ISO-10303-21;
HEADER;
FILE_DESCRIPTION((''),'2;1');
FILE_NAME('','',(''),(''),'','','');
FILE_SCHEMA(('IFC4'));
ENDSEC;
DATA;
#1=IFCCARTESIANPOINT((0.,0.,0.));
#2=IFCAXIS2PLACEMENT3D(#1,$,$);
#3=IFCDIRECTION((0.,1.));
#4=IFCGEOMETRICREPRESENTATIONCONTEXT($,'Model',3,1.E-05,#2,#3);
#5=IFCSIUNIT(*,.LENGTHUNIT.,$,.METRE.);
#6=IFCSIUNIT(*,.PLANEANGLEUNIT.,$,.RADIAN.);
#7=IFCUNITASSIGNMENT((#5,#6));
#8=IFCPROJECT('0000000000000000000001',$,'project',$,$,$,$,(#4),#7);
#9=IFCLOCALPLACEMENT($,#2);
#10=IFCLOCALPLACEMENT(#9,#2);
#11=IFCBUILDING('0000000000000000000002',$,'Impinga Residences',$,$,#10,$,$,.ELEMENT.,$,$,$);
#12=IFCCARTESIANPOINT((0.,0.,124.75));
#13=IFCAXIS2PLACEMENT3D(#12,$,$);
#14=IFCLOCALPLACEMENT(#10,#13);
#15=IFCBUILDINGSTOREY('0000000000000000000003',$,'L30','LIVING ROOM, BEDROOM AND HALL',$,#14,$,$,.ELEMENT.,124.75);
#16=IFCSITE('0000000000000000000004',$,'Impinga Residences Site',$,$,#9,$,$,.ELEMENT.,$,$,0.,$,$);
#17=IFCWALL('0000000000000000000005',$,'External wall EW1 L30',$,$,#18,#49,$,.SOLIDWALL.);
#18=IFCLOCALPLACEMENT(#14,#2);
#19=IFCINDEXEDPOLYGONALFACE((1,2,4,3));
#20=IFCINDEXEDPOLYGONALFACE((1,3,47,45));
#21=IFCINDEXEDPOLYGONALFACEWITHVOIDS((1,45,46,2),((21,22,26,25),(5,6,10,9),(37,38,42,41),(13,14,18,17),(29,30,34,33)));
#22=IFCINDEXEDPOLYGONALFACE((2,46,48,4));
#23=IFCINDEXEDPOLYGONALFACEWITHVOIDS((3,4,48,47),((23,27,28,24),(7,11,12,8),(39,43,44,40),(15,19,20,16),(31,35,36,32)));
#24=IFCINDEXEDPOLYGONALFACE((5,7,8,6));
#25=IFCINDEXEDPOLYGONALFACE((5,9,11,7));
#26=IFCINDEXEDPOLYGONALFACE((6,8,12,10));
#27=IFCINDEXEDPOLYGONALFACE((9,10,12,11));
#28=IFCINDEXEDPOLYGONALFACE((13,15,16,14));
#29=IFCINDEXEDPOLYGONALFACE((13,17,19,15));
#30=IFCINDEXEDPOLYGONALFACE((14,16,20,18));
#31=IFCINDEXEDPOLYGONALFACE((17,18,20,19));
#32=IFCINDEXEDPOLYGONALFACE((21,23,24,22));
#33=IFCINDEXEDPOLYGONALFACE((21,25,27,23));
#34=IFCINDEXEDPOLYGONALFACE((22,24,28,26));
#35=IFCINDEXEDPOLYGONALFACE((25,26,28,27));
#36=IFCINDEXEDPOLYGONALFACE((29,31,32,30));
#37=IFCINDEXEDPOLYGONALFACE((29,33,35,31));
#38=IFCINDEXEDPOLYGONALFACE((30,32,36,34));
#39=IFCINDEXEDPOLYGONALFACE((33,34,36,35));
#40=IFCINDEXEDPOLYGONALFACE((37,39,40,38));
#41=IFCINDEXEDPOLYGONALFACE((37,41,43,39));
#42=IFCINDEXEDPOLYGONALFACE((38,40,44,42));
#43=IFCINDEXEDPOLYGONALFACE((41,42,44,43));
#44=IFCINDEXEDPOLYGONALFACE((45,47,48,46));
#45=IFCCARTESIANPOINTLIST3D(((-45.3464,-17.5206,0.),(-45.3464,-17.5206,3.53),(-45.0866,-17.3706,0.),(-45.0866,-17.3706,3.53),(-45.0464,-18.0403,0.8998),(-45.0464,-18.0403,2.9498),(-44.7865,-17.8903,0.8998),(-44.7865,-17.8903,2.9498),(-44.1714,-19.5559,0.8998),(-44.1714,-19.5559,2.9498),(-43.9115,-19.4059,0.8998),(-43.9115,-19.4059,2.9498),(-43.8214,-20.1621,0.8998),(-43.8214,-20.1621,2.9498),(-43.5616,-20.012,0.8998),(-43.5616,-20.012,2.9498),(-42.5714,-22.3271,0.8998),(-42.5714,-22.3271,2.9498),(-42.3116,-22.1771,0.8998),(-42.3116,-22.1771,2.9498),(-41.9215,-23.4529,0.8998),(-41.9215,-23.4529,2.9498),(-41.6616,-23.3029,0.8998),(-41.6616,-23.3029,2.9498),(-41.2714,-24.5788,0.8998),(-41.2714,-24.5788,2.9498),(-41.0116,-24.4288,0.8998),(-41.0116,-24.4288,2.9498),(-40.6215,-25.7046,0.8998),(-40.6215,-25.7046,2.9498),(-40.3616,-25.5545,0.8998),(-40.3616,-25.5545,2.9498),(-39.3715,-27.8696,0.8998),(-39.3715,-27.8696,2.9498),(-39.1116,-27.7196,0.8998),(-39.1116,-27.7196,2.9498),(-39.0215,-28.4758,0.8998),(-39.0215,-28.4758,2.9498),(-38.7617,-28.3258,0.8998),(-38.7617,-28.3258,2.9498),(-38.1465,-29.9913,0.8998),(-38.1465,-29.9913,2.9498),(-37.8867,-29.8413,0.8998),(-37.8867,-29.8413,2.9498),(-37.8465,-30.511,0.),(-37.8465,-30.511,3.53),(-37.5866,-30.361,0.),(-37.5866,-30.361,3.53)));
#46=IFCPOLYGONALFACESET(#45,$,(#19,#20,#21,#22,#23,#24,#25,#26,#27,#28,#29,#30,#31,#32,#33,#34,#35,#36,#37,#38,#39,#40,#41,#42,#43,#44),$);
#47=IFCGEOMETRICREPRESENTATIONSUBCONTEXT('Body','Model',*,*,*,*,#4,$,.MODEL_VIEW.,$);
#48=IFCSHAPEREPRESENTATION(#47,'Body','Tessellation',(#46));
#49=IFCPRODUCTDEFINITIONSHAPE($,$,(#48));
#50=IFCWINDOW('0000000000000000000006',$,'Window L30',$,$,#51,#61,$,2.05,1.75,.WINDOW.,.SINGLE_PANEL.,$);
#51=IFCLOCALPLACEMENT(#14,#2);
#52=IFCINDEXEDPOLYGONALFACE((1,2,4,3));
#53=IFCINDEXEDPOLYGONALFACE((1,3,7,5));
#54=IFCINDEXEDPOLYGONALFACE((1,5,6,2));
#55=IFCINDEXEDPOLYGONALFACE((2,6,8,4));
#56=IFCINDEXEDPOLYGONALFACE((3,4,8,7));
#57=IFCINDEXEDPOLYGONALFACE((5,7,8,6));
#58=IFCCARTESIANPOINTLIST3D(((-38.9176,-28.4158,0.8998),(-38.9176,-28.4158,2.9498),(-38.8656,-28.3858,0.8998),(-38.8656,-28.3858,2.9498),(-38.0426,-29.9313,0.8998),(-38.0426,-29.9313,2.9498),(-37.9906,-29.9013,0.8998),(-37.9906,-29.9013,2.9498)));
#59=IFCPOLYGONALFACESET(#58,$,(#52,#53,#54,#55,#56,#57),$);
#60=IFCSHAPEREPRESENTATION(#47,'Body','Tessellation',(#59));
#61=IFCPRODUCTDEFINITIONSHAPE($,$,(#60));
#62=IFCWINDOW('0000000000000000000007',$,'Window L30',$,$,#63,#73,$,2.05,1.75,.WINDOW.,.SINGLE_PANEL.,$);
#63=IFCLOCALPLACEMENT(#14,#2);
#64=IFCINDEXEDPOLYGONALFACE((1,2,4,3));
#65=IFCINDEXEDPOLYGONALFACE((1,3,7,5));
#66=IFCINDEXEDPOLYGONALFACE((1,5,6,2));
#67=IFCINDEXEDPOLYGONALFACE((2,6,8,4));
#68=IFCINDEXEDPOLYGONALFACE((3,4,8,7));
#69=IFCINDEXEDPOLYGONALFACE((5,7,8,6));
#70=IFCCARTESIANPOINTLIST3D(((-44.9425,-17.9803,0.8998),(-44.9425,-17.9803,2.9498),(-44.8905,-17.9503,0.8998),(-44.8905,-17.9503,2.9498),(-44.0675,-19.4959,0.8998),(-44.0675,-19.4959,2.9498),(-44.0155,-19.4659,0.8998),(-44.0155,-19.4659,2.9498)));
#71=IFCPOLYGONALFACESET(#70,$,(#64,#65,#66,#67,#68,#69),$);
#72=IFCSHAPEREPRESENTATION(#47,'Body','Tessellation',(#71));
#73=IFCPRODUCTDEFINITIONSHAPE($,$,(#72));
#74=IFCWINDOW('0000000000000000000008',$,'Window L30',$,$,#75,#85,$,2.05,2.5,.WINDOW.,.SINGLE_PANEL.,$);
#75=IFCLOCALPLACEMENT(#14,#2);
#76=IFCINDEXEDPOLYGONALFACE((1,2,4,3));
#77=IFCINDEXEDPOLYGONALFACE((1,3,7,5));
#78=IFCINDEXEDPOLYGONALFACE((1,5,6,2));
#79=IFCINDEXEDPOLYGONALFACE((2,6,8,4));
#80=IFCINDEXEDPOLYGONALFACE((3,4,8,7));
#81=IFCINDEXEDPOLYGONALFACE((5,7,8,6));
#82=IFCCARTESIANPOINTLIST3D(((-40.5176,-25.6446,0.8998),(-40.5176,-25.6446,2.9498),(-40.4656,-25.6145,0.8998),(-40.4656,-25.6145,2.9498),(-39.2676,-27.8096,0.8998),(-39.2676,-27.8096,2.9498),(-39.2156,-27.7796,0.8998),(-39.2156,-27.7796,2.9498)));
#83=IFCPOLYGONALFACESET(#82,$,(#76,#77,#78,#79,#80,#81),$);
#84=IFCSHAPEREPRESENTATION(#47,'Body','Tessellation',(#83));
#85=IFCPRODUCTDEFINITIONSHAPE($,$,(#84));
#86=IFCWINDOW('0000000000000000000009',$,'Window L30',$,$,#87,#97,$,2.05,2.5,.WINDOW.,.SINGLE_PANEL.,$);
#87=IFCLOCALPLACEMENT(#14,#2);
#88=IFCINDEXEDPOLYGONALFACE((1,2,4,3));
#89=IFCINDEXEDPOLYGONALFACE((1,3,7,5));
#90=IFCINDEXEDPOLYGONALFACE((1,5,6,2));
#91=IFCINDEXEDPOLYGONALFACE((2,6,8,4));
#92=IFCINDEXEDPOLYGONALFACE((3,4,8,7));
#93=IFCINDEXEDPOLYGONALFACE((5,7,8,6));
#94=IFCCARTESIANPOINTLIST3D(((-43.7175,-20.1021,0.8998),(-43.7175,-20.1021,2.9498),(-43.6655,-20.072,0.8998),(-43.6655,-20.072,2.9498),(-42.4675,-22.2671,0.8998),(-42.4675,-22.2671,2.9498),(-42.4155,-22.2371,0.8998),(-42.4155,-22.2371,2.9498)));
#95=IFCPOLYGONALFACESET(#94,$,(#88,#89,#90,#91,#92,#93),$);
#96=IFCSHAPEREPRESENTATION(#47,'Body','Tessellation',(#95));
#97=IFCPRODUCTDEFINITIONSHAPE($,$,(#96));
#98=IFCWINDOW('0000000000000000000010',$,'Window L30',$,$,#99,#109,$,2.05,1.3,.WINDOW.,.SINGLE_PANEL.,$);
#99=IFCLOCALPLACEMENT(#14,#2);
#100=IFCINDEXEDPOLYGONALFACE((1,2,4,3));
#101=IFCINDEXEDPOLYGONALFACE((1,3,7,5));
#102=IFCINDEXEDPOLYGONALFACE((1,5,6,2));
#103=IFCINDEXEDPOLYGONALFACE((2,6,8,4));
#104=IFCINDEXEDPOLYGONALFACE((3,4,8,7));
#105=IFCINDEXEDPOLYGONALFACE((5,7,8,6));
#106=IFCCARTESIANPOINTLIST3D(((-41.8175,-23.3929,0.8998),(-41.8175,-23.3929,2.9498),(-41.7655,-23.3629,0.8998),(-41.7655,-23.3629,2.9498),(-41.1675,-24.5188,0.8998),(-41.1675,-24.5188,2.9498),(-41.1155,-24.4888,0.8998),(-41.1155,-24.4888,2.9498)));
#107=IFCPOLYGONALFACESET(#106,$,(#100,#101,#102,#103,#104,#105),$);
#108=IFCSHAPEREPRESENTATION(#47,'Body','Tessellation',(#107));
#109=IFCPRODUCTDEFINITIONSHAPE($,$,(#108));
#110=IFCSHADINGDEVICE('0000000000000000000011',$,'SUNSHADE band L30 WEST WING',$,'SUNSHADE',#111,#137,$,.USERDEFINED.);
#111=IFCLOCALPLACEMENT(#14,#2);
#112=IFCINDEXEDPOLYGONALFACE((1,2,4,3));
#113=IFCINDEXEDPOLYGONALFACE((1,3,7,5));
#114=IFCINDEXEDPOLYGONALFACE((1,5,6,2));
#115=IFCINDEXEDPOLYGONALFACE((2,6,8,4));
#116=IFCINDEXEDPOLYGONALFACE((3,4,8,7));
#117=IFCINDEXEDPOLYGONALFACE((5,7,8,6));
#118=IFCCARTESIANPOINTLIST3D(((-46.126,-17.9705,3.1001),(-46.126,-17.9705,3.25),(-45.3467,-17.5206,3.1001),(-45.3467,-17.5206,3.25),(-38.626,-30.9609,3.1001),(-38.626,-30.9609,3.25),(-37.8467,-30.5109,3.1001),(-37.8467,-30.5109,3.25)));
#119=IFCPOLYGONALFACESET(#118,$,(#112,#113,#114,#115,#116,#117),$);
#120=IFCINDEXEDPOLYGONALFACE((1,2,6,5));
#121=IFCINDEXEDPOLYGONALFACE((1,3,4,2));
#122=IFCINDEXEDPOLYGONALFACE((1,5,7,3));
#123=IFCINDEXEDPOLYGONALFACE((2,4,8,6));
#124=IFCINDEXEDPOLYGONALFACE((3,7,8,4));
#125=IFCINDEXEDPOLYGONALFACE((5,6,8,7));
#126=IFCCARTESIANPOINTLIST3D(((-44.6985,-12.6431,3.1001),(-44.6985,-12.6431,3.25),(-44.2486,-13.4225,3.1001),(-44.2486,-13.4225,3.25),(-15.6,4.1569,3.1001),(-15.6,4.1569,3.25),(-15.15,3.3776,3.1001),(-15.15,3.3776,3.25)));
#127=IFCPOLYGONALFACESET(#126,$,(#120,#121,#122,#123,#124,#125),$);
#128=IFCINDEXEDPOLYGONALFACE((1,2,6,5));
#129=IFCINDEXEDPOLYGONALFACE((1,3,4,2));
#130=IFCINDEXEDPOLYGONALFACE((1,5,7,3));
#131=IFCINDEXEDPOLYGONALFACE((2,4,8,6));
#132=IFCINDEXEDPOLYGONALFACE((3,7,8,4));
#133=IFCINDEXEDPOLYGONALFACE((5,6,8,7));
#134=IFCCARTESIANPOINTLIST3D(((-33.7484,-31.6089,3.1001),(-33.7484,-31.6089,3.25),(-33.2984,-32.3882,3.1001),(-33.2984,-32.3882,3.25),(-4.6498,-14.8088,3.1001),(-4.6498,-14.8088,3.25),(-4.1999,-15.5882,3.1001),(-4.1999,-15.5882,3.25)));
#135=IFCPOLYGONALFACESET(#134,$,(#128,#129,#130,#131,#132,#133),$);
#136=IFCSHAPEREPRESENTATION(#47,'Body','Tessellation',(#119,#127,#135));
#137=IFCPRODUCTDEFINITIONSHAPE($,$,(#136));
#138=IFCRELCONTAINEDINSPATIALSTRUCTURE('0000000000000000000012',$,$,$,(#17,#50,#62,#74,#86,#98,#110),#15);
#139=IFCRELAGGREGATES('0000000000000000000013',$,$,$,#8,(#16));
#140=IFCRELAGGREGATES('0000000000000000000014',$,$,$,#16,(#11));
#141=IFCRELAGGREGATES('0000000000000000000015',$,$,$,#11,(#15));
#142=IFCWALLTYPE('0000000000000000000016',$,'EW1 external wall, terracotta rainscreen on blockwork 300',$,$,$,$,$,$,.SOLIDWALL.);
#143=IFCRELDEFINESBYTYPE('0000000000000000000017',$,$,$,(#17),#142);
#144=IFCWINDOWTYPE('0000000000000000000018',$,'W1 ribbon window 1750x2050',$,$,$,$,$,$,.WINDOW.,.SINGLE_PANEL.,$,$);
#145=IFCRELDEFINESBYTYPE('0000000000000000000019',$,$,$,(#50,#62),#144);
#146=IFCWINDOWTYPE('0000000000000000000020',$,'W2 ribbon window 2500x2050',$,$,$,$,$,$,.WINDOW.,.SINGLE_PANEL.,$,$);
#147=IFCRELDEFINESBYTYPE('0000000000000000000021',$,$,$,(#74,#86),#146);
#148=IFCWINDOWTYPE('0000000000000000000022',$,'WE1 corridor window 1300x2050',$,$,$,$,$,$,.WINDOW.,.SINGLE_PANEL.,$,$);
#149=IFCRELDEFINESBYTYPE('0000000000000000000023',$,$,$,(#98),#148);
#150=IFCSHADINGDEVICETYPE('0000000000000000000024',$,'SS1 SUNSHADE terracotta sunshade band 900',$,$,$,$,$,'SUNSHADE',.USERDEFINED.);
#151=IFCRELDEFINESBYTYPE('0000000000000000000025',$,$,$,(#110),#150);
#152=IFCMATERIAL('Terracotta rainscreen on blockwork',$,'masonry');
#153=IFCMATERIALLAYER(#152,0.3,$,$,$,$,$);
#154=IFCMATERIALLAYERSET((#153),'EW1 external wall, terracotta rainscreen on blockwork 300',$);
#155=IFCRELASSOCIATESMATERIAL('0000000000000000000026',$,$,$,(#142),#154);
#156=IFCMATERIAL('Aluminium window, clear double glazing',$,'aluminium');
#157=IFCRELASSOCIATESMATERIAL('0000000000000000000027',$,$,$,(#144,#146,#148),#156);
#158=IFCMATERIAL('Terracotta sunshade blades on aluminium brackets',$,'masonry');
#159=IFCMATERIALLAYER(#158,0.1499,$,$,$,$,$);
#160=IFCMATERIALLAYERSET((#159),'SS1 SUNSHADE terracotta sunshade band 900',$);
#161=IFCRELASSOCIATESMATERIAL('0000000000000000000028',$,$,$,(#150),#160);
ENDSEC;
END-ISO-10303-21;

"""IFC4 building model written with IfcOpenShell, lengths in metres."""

from ifc_helpers import new_model, si_unit, direction, frame, frame_2d, origin, origin_2d, place, context, subcontext, project, spatial, rectangle, extrude, material, layer, layer_set, type_object, element, fill, save


model = new_model("IFC4")

# Units and contexts
model_context = context("Model", 3, precision=1e-05, world=origin(), true_north=direction((0.0, 1.0)))
body_context = subcontext(model_context, "Body", "Model", "MODEL_VIEW")
ifc_project = project(units=[si_unit("LENGTHUNIT", "METRE"), si_unit("PLANEANGLEUNIT", "RADIAN")], contexts=[model_context])

# Site, building, storey
site_placement = place(None, origin())
site = spatial("IfcSite", under=ifc_project, at=site_placement, Name="Impinga Residences Site", CompositionType="ELEMENT", RefElevation=0.0)
building_placement = place(site_placement, origin())
building = spatial("IfcBuilding", under=site, at=building_placement, Name="Impinga Residences", CompositionType="ELEMENT")
storey_placement = place(building_placement, frame((0.0, 0.0, 124.75)))
storey = spatial("IfcBuildingStorey", under=building, at=storey_placement, Name="L30", Description="LIVING ROOM, BEDROOM AND HALL", CompositionType="ELEMENT", Elevation=124.75)

# Shared definitions
ifc_material_1 = material(Name="Terracotta rainscreen on blockwork", Category="masonry")
ifc_layer_1 = layer(ifc_material_1, 0.3)
ifc_layer_set_1 = layer_set([ifc_layer_1], Name="EW1 external wall, terracotta rainscreen on blockwork 300")
wall_type = type_object("IfcWallType", Name="EW1 external wall, terracotta rainscreen on blockwork 300", PredefinedType="SOLIDWALL", material=ifc_layer_set_1)

# Wall, openings, windows
wall_1_placement = place(storey_placement, frame((-37.7166, -30.436, 0.0), z_axis=(0.0, 0.0, 1.0), x_axis=(-0.499997, 0.866027, 0.0)))
wall_1 = element("IfcWall", 1, at=wall_1_placement, inside=storey, type_object=wall_type, Name="External wall EW1 L30", PredefinedType="SOLIDWALL", context=body_context, shape_type="SweptSolid", body=[
    extrude(rectangle(XDim=15.0, YDim=0.3, at=frame_2d((7.5, 0.0))), origin(), (0.0, 0.0, 1.0), 3.53),
])
opening_1_placement = place(wall_1_placement, frame((0.6001, 0.0, 0.8999)))
opening_1 = element("IfcOpeningElement", 2, at=opening_1_placement, cuts=wall_1, PredefinedType="OPENING", context=body_context, shape_type="SweptSolid", body=[
    extrude(rectangle(XDim=1.75, YDim=2.05, at=frame_2d((0.875, 1.0249))), frame((0.0, 0.1599, 0.0), z_axis=(0.0, -1.0, 0.0), x_axis=(1.0, 0.0, 0.0)), (0.0, 0.0, 1.0), 0.3201),
])
opening_2_placement = place(wall_1_placement, frame((3.05, 0.0, 0.8999)))
opening_2 = element("IfcOpeningElement", 3, at=opening_2_placement, cuts=wall_1, PredefinedType="OPENING", context=body_context, shape_type="SweptSolid", body=[
    extrude(rectangle(XDim=2.5, YDim=2.05, at=frame_2d((1.25, 1.0249))), frame((0.0, 0.1599, 0.0), z_axis=(0.0, -1.0, 0.0), x_axis=(1.0, 0.0, 0.0)), (0.0, 0.0, 1.0), 0.3201),
])
opening_3_placement = place(wall_1_placement, frame((6.8501, 0.0, 0.8999)))
opening_3 = element("IfcOpeningElement", 4, at=opening_3_placement, cuts=wall_1, PredefinedType="OPENING", context=body_context, shape_type="SweptSolid", body=[
    extrude(rectangle(XDim=1.3, YDim=2.05, at=frame_2d((0.6499, 1.0249))), frame((0.0, 0.1599, 0.0), z_axis=(0.0, -1.0, 0.0), x_axis=(1.0, 0.0, 0.0)), (0.0, 0.0, 1.0), 0.3201),
])
opening_4_placement = place(wall_1_placement, frame((9.45, 0.0, 0.8999)))
opening_4 = element("IfcOpeningElement", 5, at=opening_4_placement, cuts=wall_1, PredefinedType="OPENING", context=body_context, shape_type="SweptSolid", body=[
    extrude(rectangle(XDim=2.5, YDim=2.05, at=frame_2d((1.25, 1.0249))), frame((0.0, 0.1599, 0.0), z_axis=(0.0, -1.0, 0.0), x_axis=(1.0, 0.0, 0.0)), (0.0, 0.0, 1.0), 0.3201),
])
opening_5_placement = place(wall_1_placement, frame((12.6499, 0.0, 0.8999)))
opening_5 = element("IfcOpeningElement", 6, at=opening_5_placement, cuts=wall_1, PredefinedType="OPENING", context=body_context, shape_type="SweptSolid", body=[
    extrude(rectangle(XDim=1.75, YDim=2.05, at=frame_2d((0.875, 1.0249))), frame((0.0, 0.1599, 0.0), z_axis=(0.0, -1.0, 0.0), x_axis=(1.0, 0.0, 0.0)), (0.0, 0.0, 1.0), 0.3201),
])
ifc_material_2 = material(Name="Aluminium window, clear double glazing", Category="aluminium")
window_type_1 = type_object("IfcWindowType", Name="W1 ribbon window 1750x2050", PartitioningType="SINGLE_PANEL", PredefinedType="WINDOW", material=ifc_material_2)
window_1_placement = place(opening_1_placement, origin())
window_1 = element("IfcWindow", 7, at=window_1_placement, inside=storey, type_object=window_type_1, Name="Window L30", OverallHeight=2.05, OverallWidth=1.75, PartitioningType="SINGLE_PANEL", PredefinedType="WINDOW", context=body_context, shape_type="SweptSolid", body=[
    extrude(rectangle(XDim=1.75, YDim=2.05, at=frame_2d((0.875, 1.0249))), frame((0.0, 0.03, 0.0), z_axis=(0.0, -1.0, 0.0), x_axis=(1.0, 0.0, 0.0)), (0.0, 0.0, 1.0), 0.0601),
])
fill(opening_1, window_1)
window_2_placement = place(opening_5_placement, origin())
window_2 = element("IfcWindow", 8, at=window_2_placement, inside=storey, type_object=window_type_1, Name="Window L30", OverallHeight=2.05, OverallWidth=1.75, PartitioningType="SINGLE_PANEL", PredefinedType="WINDOW", context=body_context, shape_type="SweptSolid", body=[
    extrude(rectangle(XDim=1.75, YDim=2.05, at=frame_2d((0.875, 1.0249))), frame((0.0, 0.03, 0.0), z_axis=(0.0, -1.0, 0.0), x_axis=(1.0, 0.0, 0.0)), (0.0, 0.0, 1.0), 0.0601),
])
fill(opening_5, window_2)
window_type_2 = type_object("IfcWindowType", Name="W2 ribbon window 2500x2050", PartitioningType="SINGLE_PANEL", PredefinedType="WINDOW", material=ifc_material_2)
window_3_placement = place(opening_2_placement, origin())
window_3 = element("IfcWindow", 9, at=window_3_placement, inside=storey, type_object=window_type_2, Name="Window L30", OverallHeight=2.05, OverallWidth=2.5, PartitioningType="SINGLE_PANEL", PredefinedType="WINDOW", context=body_context, shape_type="SweptSolid", body=[
    extrude(rectangle(XDim=2.5, YDim=2.05, at=frame_2d((1.25, 1.0249))), frame((0.0, 0.03, 0.0), z_axis=(0.0, -1.0, 0.0), x_axis=(1.0, 0.0, 0.0)), (0.0, 0.0, 1.0), 0.0601),
])
fill(opening_2, window_3)
window_4_placement = place(opening_4_placement, origin())
window_4 = element("IfcWindow", 10, at=window_4_placement, inside=storey, type_object=window_type_2, Name="Window L30", OverallHeight=2.05, OverallWidth=2.5, PartitioningType="SINGLE_PANEL", PredefinedType="WINDOW", context=body_context, shape_type="SweptSolid", body=[
    extrude(rectangle(XDim=2.5, YDim=2.05, at=frame_2d((1.25, 1.0249))), frame((0.0, 0.03, 0.0), z_axis=(0.0, -1.0, 0.0), x_axis=(1.0, 0.0, 0.0)), (0.0, 0.0, 1.0), 0.0601),
])
fill(opening_4, window_4)
window_type_3 = type_object("IfcWindowType", Name="WE1 corridor window 1300x2050", PartitioningType="SINGLE_PANEL", PredefinedType="WINDOW", material=ifc_material_2)
window_5_placement = place(opening_3_placement, origin())
window_5 = element("IfcWindow", 11, at=window_5_placement, inside=storey, type_object=window_type_3, Name="Window L30", OverallHeight=2.05, OverallWidth=1.3, PartitioningType="SINGLE_PANEL", PredefinedType="WINDOW", context=body_context, shape_type="SweptSolid", body=[
    extrude(rectangle(XDim=1.3, YDim=2.05, at=frame_2d((0.6499, 1.0249))), frame((0.0, 0.03, 0.0), z_axis=(0.0, -1.0, 0.0), x_axis=(1.0, 0.0, 0.0)), (0.0, 0.0, 1.0), 0.0601),
])
fill(opening_3, window_5)

# Shading device
ifc_material_3 = material(Name="Terracotta sunshade blades on aluminium brackets", Category="masonry")
ifc_layer_2 = layer(ifc_material_3, 0.1499)
ifc_layer_set_2 = layer_set([ifc_layer_2], Name="SS1 SUNSHADE terracotta sunshade band 900")
shading_device_type = type_object("IfcShadingDeviceType", Name="SS1 SUNSHADE terracotta sunshade band 900", ElementType="SUNSHADE", PredefinedType="USERDEFINED", material=ifc_layer_set_2)
shading_device_placement = place(storey_placement, frame((-41.9863, -24.2407, 3.1001), z_axis=(0.0, 0.0, 1.0), x_axis=(-0.5, 0.866025, 0.0)))
element("IfcShadingDevice", 12, at=shading_device_placement, inside=storey, type_object=shading_device_type, Name="SUNSHADE band L30 WEST WING", ObjectType="SUNSHADE", PredefinedType="USERDEFINED", context=body_context, shape_type="SweptSolid", body=[
    extrude(rectangle(XDim=15.0, YDim=0.8999, at=origin_2d()), origin(), (0.0, 0.0, 1.0), 0.1499),
    extrude(rectangle(XDim=33.6001, YDim=0.8999, at=origin_2d()), frame((10.95, -20.25, 0.0), z_axis=(0.0, 0.0, 1.0), x_axis=(0.0, -1.0, 0.0)), (0.0, 0.0, 1.0), 0.1499),
    extrude(rectangle(XDim=33.6001, YDim=0.8999, at=origin_2d()), frame((-10.95, -20.2502, 0.0), z_axis=(0.0, 0.0, 1.0), x_axis=(0.0, 1.0, 0.0)), (0.0, 0.0, 1.0), 0.1499),
])

save(model, "model.ifc")
